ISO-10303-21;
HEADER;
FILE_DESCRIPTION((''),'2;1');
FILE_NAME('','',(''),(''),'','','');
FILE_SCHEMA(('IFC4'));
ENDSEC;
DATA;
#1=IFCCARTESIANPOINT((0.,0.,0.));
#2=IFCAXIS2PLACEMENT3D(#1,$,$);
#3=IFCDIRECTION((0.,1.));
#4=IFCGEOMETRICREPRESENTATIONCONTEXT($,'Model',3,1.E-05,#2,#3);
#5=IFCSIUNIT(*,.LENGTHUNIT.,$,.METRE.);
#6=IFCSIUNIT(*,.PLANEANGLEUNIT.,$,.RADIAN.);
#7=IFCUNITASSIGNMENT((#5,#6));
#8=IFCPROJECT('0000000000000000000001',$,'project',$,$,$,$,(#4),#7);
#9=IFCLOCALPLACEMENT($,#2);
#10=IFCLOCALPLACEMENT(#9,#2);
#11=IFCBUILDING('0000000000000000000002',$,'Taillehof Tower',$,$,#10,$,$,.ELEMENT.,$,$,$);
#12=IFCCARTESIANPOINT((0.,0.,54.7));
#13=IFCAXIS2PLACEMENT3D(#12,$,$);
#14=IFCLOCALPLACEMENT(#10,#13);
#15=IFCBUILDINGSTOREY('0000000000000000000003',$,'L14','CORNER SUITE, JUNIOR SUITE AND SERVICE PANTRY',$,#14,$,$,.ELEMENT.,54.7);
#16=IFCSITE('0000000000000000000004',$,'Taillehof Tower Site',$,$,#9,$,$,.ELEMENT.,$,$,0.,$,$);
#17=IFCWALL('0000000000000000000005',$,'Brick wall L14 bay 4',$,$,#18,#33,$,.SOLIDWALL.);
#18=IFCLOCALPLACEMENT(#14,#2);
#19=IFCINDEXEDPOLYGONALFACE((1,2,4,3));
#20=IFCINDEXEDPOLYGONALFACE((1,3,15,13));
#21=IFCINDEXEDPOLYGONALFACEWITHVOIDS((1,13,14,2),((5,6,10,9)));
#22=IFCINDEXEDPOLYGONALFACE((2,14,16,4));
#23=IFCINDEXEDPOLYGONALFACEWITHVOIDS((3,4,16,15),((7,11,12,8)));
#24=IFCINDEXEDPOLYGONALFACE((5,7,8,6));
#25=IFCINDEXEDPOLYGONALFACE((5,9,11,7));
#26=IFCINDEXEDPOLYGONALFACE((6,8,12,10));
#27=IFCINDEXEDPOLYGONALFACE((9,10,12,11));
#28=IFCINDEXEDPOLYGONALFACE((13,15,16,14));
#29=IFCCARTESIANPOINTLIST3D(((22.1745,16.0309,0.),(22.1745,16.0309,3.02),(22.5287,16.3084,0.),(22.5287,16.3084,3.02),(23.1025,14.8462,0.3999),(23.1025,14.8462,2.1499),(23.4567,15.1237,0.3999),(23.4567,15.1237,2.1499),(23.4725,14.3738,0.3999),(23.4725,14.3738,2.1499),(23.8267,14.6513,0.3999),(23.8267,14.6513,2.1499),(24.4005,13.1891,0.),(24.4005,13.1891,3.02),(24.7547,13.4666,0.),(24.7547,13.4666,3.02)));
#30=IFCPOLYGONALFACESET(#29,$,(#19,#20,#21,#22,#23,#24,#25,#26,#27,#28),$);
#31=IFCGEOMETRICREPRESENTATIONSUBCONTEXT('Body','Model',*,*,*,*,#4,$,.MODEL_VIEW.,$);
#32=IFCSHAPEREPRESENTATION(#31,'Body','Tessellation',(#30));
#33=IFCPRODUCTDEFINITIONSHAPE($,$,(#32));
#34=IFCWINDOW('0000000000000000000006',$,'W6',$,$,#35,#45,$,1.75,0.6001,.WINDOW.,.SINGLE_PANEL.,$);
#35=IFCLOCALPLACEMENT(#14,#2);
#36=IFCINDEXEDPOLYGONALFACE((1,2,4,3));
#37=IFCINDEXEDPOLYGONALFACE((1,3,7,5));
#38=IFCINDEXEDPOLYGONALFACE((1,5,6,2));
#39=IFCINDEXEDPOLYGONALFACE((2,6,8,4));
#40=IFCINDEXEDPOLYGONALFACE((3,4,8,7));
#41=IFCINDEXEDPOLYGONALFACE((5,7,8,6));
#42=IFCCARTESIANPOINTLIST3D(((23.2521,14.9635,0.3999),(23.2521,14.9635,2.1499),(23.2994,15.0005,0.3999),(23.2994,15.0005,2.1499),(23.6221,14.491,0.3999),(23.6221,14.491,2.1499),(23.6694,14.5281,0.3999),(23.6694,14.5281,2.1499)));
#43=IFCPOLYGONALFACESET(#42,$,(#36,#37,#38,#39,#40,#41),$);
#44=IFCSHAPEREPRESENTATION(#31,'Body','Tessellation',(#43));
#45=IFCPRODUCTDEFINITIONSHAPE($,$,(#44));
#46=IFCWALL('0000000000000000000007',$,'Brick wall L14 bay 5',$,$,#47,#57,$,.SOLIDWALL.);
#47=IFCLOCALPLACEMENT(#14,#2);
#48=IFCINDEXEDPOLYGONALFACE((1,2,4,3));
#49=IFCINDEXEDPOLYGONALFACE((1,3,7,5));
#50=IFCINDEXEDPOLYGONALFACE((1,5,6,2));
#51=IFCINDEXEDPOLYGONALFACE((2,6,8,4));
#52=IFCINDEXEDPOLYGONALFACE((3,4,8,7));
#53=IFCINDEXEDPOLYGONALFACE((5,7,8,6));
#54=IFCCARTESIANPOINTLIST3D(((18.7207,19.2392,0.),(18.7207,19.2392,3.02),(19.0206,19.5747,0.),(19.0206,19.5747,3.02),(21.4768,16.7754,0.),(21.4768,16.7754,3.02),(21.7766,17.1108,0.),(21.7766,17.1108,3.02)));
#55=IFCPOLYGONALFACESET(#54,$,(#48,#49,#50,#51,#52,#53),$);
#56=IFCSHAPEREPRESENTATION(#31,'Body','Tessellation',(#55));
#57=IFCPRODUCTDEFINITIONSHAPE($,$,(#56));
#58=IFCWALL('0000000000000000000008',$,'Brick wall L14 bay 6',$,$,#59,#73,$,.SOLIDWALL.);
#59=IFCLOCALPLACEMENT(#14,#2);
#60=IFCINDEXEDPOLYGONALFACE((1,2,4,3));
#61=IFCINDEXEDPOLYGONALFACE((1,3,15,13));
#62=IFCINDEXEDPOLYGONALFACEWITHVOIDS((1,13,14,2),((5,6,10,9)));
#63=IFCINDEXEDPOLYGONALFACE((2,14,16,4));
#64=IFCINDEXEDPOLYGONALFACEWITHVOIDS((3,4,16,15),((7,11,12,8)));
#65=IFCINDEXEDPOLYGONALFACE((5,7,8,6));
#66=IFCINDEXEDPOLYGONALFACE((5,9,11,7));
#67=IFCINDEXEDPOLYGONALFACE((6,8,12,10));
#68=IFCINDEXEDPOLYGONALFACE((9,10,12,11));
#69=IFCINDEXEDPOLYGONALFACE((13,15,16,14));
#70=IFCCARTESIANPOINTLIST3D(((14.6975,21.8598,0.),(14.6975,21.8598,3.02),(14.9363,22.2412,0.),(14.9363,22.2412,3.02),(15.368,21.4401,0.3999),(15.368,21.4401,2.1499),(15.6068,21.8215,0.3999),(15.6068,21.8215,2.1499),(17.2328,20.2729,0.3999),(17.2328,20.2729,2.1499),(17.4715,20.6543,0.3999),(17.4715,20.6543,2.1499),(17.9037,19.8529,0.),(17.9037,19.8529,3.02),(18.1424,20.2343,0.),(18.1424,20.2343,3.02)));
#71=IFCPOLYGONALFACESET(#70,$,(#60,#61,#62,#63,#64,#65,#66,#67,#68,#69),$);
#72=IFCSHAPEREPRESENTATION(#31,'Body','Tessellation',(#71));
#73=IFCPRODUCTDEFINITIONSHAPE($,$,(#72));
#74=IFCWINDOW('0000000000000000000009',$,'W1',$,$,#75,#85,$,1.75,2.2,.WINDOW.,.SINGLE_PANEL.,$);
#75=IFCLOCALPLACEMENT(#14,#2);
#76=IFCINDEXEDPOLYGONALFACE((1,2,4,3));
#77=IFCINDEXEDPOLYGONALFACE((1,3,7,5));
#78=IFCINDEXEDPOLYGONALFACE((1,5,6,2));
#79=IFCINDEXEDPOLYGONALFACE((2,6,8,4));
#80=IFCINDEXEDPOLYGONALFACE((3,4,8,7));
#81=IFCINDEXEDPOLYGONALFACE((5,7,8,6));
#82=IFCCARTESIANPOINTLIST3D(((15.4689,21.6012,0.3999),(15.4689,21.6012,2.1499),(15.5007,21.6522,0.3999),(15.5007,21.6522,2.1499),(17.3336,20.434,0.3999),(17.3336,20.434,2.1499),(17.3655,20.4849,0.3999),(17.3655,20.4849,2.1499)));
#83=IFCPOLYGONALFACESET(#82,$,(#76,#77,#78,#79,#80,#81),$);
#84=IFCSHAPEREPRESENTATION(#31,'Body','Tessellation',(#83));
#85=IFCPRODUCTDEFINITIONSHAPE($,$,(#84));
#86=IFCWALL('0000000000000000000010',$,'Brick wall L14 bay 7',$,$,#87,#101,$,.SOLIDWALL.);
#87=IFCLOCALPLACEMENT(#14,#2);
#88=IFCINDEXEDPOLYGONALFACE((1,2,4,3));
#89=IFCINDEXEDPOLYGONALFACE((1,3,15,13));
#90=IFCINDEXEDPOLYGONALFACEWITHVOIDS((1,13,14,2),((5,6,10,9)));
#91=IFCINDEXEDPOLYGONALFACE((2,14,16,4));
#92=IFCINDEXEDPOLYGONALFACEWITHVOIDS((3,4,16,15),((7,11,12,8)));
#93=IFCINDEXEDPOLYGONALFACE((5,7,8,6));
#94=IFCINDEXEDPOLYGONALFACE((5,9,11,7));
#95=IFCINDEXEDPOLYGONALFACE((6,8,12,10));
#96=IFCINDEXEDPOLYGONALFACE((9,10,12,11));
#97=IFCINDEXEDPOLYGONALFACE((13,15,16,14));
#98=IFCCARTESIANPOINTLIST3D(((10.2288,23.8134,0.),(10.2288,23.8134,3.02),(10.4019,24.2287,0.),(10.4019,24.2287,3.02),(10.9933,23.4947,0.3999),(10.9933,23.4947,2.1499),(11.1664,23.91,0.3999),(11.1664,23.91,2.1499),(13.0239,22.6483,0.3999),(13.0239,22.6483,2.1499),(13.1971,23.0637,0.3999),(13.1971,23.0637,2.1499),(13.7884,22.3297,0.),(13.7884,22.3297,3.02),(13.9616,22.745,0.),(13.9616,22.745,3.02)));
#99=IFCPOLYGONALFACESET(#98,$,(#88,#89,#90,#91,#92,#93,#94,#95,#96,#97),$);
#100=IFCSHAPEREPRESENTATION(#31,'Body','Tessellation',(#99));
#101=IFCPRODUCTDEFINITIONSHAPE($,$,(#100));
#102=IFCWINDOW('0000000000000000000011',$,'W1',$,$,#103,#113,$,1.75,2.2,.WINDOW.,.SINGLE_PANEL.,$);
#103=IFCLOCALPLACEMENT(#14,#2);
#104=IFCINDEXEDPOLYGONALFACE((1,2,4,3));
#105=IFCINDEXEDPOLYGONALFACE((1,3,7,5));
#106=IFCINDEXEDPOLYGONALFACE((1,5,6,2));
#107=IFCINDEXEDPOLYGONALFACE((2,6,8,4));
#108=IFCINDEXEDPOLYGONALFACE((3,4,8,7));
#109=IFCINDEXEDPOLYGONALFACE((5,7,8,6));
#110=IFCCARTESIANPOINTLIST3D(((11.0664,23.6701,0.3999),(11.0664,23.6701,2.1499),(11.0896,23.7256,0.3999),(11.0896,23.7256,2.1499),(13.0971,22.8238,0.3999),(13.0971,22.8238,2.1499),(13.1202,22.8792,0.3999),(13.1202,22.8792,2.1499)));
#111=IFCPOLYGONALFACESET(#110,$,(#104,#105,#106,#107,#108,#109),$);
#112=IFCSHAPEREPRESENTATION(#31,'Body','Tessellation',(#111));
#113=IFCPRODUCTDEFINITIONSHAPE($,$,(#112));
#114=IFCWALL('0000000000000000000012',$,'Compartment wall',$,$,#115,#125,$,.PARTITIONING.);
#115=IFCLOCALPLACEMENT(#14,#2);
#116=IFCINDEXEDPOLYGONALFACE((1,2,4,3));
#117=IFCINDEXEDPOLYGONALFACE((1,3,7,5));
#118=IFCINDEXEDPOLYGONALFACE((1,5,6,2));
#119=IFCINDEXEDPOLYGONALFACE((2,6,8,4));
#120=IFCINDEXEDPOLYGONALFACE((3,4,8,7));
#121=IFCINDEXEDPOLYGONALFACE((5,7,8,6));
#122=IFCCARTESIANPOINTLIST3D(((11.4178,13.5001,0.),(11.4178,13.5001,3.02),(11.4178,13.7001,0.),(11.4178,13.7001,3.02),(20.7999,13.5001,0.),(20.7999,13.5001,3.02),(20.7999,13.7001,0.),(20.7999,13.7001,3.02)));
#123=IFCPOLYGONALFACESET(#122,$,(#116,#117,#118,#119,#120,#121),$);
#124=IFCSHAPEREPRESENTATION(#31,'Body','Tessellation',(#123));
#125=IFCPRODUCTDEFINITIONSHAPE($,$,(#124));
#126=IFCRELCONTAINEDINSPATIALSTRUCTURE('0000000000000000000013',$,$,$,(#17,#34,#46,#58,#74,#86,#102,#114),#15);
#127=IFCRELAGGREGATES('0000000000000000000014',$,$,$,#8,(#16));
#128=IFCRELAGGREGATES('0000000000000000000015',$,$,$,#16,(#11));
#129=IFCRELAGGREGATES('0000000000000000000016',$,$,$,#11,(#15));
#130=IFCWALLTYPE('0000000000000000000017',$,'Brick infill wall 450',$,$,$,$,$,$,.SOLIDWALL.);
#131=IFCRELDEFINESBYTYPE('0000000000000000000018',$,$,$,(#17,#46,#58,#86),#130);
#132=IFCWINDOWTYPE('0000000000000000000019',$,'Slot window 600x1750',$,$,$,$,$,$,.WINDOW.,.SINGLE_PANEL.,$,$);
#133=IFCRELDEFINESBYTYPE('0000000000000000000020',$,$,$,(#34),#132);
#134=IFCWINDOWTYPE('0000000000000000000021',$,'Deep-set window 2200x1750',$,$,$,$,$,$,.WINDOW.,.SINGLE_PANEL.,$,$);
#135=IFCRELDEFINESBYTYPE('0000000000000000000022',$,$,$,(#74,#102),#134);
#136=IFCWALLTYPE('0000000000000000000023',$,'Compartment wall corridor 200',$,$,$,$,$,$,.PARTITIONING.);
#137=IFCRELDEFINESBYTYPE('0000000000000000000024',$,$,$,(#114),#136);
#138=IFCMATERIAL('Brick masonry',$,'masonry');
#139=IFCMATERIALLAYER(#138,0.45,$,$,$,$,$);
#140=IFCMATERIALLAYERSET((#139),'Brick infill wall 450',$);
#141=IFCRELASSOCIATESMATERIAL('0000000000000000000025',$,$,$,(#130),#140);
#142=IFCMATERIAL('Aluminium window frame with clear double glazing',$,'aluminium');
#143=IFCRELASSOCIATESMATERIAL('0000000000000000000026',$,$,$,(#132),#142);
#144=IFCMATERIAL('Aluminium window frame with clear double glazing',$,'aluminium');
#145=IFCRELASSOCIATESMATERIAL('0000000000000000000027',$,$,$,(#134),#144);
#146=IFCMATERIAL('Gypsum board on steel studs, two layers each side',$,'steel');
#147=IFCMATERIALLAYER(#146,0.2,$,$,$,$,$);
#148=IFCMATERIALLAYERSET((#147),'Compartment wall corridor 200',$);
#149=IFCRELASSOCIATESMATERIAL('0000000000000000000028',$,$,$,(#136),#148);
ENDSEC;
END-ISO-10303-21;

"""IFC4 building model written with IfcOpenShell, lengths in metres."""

from ifc_helpers import new_model, si_unit, direction, frame, frame_2d, origin, place, context, subcontext, project, spatial, rectangle, extrude, material, layer, layer_set, type_object, element, fill, save


model = new_model("IFC4")

# Units and contexts
model_context = context("Model", 3, precision=1e-05, world=origin(), true_north=direction((0.0, 1.0)))
body_context = subcontext(model_context, "Body", "Model", "MODEL_VIEW")
ifc_project = project(units=[si_unit("LENGTHUNIT", "METRE"), si_unit("PLANEANGLEUNIT", "RADIAN")], contexts=[model_context])

# Site, building, storey
site_placement = place(None, origin())
site = spatial("IfcSite", under=ifc_project, at=site_placement, Name="Taillehof Tower Site", CompositionType="ELEMENT", RefElevation=0.0)
building_placement = place(site_placement, origin())
building = spatial("IfcBuilding", under=site, at=building_placement, Name="Taillehof Tower", CompositionType="ELEMENT")
storey_placement = place(building_placement, frame((0.0, 0.0, 54.7)))
storey = spatial("IfcBuildingStorey", under=building, at=storey_placement, Name="L14", Description="CORNER SUITE, JUNIOR SUITE AND SERVICE PANTRY", CompositionType="ELEMENT", Elevation=54.7)

# Wall, opening, window
ifc_material_1 = material(Name="Brick masonry", Category="masonry")
ifc_layer_1 = layer(ifc_material_1, 0.45)
ifc_layer_set_1 = layer_set([ifc_layer_1], Name="Brick infill wall 450")
wall_type_1 = type_object("IfcWallType", Name="Brick infill wall 450", PredefinedType="SOLIDWALL", material=ifc_layer_set_1)
wall_1_placement = place(storey_placement, frame((24.5776, 13.3279, 0.0), z_axis=(0.0, 0.0, 1.0), x_axis=(-0.616662, 0.787228, 0.0)))
wall_1 = element("IfcWall", 1, at=wall_1_placement, inside=storey, type_object=wall_type_1, Name="Brick wall L14 bay 4", PredefinedType="SOLIDWALL", context=body_context, shape_type="SweptSolid", body=[
    extrude(rectangle(XDim=3.6099, YDim=0.45, at=frame_2d((1.8049, 0.0))), origin(), (0.0, 0.0, 1.0), 3.02),
])
opening_1_placement = place(wall_1_placement, frame((1.5049, 0.0, 0.3999)))
opening_1 = element("IfcOpeningElement", 2, at=opening_1_placement, cuts=wall_1, PredefinedType="OPENING", context=body_context, shape_type="SweptSolid", body=[
    extrude(rectangle(XDim=0.6001, YDim=1.75, at=frame_2d((0.3, 0.875))), frame((0.0, 0.2349, 0.0), z_axis=(0.0, -1.0, 0.0), x_axis=(1.0, 0.0, 0.0)), (0.0, 0.0, 1.0), 0.47),
])
ifc_material_2 = material(Name="Aluminium window frame with clear double glazing", Category="aluminium")
window_type_1 = type_object("IfcWindowType", Name="Slot window 600x1750", PartitioningType="SINGLE_PANEL", PredefinedType="WINDOW", material=ifc_material_2)
window_1_placement = place(opening_1_placement, origin())
window_1 = element("IfcWindow", 3, at=window_1_placement, inside=storey, type_object=window_type_1, Name="W6", OverallHeight=1.75, OverallWidth=0.6001, PartitioningType="SINGLE_PANEL", PredefinedType="WINDOW", context=body_context, shape_type="SweptSolid", body=[
    extrude(rectangle(XDim=0.6001, YDim=1.75, at=frame_2d((0.3, 0.875))), frame((0.0, 0.0349, 0.0), z_axis=(0.0, -1.0, 0.0), x_axis=(1.0, 0.0, 0.0)), (0.0, 0.0, 1.0), 0.0601),
])
fill(opening_1, window_1)

# Wall
wall_2_placement = place(storey_placement, frame((21.6267, 16.9431, 0.0), z_axis=(0.0, 0.0, 1.0), x_axis=(-0.745526, 0.666476, 0.0)))
element("IfcWall", 4, at=wall_2_placement, inside=storey, type_object=wall_type_1, Name="Brick wall L14 bay 5", PredefinedType="SOLIDWALL", context=body_context, shape_type="SweptSolid", body=[
    extrude(rectangle(XDim=3.6968, YDim=0.45, at=frame_2d((1.8484, 0.0))), origin(), (0.0, 0.0, 1.0), 3.02),
])

# Walls, openings, windows
wall_3_placement = place(storey_placement, frame((18.0229, 20.0437, 0.0), z_axis=(0.0, 0.0, 1.0), x_axis=(-0.847635, 0.530579, 0.0)))
wall_3 = element("IfcWall", 5, at=wall_3_placement, inside=storey, type_object=wall_type_1, Name="Brick wall L14 bay 6", PredefinedType="SOLIDWALL", context=body_context, shape_type="SweptSolid", body=[
    extrude(rectangle(XDim=3.7825, YDim=0.45, at=frame_2d((1.8911, 0.0))), origin(), (0.0, 0.0, 1.0), 3.02),
])
opening_2_placement = place(wall_3_placement, frame((0.7913, 0.0, 0.3999)))
opening_2 = element("IfcOpeningElement", 6, at=opening_2_placement, cuts=wall_3, PredefinedType="OPENING", context=body_context, shape_type="SweptSolid", body=[
    extrude(rectangle(XDim=2.2, YDim=1.75, at=frame_2d((1.1001, 0.875))), frame((0.0, 0.2349, 0.0), z_axis=(0.0, -1.0, 0.0), x_axis=(1.0, 0.0, 0.0)), (0.0, 0.0, 1.0), 0.47),
])
ifc_material_3 = material(Name="Aluminium window frame with clear double glazing", Category="aluminium")
window_type_2 = type_object("IfcWindowType", Name="Deep-set window 2200x1750", PartitioningType="SINGLE_PANEL", PredefinedType="WINDOW", material=ifc_material_3)
window_2_placement = place(opening_2_placement, origin())
window_2 = element("IfcWindow", 7, at=window_2_placement, inside=storey, type_object=window_type_2, Name="W1", OverallHeight=1.75, OverallWidth=2.2, PartitioningType="SINGLE_PANEL", PredefinedType="WINDOW", context=body_context, shape_type="SweptSolid", body=[
    extrude(rectangle(XDim=2.2, YDim=1.75, at=frame_2d((1.1001, 0.875))), frame((0.0, 0.0349, 0.0), z_axis=(0.0, -1.0, 0.0), x_axis=(1.0, 0.0, 0.0)), (0.0, 0.0, 1.0), 0.0601),
])
fill(opening_2, window_2)
wall_4_placement = place(storey_placement, frame((13.875, 22.5374, 0.0), z_axis=(0.0, 0.0, 1.0), x_axis=(-0.923032, 0.384723, 0.0)))
wall_4 = element("IfcWall", 8, at=wall_4_placement, inside=storey, type_object=wall_type_1, Name="Brick wall L14 bay 7", PredefinedType="SOLIDWALL", context=body_context, shape_type="SweptSolid", body=[
    extrude(rectangle(XDim=3.8564, YDim=0.45, at=frame_2d((1.9282, 0.0))), origin(), (0.0, 0.0, 1.0), 3.02),
])
opening_3_placement = place(wall_4_placement, frame((0.8281, 0.0, 0.3999)))
opening_3 = element("IfcOpeningElement", 9, at=opening_3_placement, cuts=wall_4, PredefinedType="OPENING", context=body_context, shape_type="SweptSolid", body=[
    extrude(rectangle(XDim=2.2, YDim=1.75, at=frame_2d((1.1001, 0.875))), frame((0.0, 0.2349, 0.0), z_axis=(0.0, -1.0, 0.0), x_axis=(1.0, 0.0, 0.0)), (0.0, 0.0, 1.0), 0.47),
])
window_3_placement = place(opening_3_placement, origin())
window_3 = element("IfcWindow", 10, at=window_3_placement, inside=storey, type_object=window_type_2, Name="W1", OverallHeight=1.75, OverallWidth=2.2, PartitioningType="SINGLE_PANEL", PredefinedType="WINDOW", context=body_context, shape_type="SweptSolid", body=[
    extrude(rectangle(XDim=2.2, YDim=1.75, at=frame_2d((1.1001, 0.875))), frame((0.0, 0.0349, 0.0), z_axis=(0.0, -1.0, 0.0), x_axis=(1.0, 0.0, 0.0)), (0.0, 0.0, 1.0), 0.0601),
])
fill(opening_3, window_3)

# Wall
ifc_material_4 = material(Name="Gypsum board on steel studs, two layers each side", Category="steel")
ifc_layer_2 = layer(ifc_material_4, 0.2)
ifc_layer_set_2 = layer_set([ifc_layer_2], Name="Compartment wall corridor 200")
wall_type_2 = type_object("IfcWallType", Name="Compartment wall corridor 200", PredefinedType="PARTITIONING", material=ifc_layer_set_2)
wall_5_placement = place(storey_placement, frame((11.418, 13.6001, 0.0), z_axis=(0.0, 0.0, 1.0), x_axis=(1.0, 0.0, 0.0)))
element("IfcWall", 11, at=wall_5_placement, inside=storey, type_object=wall_type_2, Name="Compartment wall", PredefinedType="PARTITIONING", context=body_context, shape_type="SweptSolid", body=[
    extrude(rectangle(XDim=9.3821, YDim=0.2, at=frame_2d((4.6909, 0.0))), origin(), (0.0, 0.0, 1.0), 3.02),
])

save(model, "model.ifc")
